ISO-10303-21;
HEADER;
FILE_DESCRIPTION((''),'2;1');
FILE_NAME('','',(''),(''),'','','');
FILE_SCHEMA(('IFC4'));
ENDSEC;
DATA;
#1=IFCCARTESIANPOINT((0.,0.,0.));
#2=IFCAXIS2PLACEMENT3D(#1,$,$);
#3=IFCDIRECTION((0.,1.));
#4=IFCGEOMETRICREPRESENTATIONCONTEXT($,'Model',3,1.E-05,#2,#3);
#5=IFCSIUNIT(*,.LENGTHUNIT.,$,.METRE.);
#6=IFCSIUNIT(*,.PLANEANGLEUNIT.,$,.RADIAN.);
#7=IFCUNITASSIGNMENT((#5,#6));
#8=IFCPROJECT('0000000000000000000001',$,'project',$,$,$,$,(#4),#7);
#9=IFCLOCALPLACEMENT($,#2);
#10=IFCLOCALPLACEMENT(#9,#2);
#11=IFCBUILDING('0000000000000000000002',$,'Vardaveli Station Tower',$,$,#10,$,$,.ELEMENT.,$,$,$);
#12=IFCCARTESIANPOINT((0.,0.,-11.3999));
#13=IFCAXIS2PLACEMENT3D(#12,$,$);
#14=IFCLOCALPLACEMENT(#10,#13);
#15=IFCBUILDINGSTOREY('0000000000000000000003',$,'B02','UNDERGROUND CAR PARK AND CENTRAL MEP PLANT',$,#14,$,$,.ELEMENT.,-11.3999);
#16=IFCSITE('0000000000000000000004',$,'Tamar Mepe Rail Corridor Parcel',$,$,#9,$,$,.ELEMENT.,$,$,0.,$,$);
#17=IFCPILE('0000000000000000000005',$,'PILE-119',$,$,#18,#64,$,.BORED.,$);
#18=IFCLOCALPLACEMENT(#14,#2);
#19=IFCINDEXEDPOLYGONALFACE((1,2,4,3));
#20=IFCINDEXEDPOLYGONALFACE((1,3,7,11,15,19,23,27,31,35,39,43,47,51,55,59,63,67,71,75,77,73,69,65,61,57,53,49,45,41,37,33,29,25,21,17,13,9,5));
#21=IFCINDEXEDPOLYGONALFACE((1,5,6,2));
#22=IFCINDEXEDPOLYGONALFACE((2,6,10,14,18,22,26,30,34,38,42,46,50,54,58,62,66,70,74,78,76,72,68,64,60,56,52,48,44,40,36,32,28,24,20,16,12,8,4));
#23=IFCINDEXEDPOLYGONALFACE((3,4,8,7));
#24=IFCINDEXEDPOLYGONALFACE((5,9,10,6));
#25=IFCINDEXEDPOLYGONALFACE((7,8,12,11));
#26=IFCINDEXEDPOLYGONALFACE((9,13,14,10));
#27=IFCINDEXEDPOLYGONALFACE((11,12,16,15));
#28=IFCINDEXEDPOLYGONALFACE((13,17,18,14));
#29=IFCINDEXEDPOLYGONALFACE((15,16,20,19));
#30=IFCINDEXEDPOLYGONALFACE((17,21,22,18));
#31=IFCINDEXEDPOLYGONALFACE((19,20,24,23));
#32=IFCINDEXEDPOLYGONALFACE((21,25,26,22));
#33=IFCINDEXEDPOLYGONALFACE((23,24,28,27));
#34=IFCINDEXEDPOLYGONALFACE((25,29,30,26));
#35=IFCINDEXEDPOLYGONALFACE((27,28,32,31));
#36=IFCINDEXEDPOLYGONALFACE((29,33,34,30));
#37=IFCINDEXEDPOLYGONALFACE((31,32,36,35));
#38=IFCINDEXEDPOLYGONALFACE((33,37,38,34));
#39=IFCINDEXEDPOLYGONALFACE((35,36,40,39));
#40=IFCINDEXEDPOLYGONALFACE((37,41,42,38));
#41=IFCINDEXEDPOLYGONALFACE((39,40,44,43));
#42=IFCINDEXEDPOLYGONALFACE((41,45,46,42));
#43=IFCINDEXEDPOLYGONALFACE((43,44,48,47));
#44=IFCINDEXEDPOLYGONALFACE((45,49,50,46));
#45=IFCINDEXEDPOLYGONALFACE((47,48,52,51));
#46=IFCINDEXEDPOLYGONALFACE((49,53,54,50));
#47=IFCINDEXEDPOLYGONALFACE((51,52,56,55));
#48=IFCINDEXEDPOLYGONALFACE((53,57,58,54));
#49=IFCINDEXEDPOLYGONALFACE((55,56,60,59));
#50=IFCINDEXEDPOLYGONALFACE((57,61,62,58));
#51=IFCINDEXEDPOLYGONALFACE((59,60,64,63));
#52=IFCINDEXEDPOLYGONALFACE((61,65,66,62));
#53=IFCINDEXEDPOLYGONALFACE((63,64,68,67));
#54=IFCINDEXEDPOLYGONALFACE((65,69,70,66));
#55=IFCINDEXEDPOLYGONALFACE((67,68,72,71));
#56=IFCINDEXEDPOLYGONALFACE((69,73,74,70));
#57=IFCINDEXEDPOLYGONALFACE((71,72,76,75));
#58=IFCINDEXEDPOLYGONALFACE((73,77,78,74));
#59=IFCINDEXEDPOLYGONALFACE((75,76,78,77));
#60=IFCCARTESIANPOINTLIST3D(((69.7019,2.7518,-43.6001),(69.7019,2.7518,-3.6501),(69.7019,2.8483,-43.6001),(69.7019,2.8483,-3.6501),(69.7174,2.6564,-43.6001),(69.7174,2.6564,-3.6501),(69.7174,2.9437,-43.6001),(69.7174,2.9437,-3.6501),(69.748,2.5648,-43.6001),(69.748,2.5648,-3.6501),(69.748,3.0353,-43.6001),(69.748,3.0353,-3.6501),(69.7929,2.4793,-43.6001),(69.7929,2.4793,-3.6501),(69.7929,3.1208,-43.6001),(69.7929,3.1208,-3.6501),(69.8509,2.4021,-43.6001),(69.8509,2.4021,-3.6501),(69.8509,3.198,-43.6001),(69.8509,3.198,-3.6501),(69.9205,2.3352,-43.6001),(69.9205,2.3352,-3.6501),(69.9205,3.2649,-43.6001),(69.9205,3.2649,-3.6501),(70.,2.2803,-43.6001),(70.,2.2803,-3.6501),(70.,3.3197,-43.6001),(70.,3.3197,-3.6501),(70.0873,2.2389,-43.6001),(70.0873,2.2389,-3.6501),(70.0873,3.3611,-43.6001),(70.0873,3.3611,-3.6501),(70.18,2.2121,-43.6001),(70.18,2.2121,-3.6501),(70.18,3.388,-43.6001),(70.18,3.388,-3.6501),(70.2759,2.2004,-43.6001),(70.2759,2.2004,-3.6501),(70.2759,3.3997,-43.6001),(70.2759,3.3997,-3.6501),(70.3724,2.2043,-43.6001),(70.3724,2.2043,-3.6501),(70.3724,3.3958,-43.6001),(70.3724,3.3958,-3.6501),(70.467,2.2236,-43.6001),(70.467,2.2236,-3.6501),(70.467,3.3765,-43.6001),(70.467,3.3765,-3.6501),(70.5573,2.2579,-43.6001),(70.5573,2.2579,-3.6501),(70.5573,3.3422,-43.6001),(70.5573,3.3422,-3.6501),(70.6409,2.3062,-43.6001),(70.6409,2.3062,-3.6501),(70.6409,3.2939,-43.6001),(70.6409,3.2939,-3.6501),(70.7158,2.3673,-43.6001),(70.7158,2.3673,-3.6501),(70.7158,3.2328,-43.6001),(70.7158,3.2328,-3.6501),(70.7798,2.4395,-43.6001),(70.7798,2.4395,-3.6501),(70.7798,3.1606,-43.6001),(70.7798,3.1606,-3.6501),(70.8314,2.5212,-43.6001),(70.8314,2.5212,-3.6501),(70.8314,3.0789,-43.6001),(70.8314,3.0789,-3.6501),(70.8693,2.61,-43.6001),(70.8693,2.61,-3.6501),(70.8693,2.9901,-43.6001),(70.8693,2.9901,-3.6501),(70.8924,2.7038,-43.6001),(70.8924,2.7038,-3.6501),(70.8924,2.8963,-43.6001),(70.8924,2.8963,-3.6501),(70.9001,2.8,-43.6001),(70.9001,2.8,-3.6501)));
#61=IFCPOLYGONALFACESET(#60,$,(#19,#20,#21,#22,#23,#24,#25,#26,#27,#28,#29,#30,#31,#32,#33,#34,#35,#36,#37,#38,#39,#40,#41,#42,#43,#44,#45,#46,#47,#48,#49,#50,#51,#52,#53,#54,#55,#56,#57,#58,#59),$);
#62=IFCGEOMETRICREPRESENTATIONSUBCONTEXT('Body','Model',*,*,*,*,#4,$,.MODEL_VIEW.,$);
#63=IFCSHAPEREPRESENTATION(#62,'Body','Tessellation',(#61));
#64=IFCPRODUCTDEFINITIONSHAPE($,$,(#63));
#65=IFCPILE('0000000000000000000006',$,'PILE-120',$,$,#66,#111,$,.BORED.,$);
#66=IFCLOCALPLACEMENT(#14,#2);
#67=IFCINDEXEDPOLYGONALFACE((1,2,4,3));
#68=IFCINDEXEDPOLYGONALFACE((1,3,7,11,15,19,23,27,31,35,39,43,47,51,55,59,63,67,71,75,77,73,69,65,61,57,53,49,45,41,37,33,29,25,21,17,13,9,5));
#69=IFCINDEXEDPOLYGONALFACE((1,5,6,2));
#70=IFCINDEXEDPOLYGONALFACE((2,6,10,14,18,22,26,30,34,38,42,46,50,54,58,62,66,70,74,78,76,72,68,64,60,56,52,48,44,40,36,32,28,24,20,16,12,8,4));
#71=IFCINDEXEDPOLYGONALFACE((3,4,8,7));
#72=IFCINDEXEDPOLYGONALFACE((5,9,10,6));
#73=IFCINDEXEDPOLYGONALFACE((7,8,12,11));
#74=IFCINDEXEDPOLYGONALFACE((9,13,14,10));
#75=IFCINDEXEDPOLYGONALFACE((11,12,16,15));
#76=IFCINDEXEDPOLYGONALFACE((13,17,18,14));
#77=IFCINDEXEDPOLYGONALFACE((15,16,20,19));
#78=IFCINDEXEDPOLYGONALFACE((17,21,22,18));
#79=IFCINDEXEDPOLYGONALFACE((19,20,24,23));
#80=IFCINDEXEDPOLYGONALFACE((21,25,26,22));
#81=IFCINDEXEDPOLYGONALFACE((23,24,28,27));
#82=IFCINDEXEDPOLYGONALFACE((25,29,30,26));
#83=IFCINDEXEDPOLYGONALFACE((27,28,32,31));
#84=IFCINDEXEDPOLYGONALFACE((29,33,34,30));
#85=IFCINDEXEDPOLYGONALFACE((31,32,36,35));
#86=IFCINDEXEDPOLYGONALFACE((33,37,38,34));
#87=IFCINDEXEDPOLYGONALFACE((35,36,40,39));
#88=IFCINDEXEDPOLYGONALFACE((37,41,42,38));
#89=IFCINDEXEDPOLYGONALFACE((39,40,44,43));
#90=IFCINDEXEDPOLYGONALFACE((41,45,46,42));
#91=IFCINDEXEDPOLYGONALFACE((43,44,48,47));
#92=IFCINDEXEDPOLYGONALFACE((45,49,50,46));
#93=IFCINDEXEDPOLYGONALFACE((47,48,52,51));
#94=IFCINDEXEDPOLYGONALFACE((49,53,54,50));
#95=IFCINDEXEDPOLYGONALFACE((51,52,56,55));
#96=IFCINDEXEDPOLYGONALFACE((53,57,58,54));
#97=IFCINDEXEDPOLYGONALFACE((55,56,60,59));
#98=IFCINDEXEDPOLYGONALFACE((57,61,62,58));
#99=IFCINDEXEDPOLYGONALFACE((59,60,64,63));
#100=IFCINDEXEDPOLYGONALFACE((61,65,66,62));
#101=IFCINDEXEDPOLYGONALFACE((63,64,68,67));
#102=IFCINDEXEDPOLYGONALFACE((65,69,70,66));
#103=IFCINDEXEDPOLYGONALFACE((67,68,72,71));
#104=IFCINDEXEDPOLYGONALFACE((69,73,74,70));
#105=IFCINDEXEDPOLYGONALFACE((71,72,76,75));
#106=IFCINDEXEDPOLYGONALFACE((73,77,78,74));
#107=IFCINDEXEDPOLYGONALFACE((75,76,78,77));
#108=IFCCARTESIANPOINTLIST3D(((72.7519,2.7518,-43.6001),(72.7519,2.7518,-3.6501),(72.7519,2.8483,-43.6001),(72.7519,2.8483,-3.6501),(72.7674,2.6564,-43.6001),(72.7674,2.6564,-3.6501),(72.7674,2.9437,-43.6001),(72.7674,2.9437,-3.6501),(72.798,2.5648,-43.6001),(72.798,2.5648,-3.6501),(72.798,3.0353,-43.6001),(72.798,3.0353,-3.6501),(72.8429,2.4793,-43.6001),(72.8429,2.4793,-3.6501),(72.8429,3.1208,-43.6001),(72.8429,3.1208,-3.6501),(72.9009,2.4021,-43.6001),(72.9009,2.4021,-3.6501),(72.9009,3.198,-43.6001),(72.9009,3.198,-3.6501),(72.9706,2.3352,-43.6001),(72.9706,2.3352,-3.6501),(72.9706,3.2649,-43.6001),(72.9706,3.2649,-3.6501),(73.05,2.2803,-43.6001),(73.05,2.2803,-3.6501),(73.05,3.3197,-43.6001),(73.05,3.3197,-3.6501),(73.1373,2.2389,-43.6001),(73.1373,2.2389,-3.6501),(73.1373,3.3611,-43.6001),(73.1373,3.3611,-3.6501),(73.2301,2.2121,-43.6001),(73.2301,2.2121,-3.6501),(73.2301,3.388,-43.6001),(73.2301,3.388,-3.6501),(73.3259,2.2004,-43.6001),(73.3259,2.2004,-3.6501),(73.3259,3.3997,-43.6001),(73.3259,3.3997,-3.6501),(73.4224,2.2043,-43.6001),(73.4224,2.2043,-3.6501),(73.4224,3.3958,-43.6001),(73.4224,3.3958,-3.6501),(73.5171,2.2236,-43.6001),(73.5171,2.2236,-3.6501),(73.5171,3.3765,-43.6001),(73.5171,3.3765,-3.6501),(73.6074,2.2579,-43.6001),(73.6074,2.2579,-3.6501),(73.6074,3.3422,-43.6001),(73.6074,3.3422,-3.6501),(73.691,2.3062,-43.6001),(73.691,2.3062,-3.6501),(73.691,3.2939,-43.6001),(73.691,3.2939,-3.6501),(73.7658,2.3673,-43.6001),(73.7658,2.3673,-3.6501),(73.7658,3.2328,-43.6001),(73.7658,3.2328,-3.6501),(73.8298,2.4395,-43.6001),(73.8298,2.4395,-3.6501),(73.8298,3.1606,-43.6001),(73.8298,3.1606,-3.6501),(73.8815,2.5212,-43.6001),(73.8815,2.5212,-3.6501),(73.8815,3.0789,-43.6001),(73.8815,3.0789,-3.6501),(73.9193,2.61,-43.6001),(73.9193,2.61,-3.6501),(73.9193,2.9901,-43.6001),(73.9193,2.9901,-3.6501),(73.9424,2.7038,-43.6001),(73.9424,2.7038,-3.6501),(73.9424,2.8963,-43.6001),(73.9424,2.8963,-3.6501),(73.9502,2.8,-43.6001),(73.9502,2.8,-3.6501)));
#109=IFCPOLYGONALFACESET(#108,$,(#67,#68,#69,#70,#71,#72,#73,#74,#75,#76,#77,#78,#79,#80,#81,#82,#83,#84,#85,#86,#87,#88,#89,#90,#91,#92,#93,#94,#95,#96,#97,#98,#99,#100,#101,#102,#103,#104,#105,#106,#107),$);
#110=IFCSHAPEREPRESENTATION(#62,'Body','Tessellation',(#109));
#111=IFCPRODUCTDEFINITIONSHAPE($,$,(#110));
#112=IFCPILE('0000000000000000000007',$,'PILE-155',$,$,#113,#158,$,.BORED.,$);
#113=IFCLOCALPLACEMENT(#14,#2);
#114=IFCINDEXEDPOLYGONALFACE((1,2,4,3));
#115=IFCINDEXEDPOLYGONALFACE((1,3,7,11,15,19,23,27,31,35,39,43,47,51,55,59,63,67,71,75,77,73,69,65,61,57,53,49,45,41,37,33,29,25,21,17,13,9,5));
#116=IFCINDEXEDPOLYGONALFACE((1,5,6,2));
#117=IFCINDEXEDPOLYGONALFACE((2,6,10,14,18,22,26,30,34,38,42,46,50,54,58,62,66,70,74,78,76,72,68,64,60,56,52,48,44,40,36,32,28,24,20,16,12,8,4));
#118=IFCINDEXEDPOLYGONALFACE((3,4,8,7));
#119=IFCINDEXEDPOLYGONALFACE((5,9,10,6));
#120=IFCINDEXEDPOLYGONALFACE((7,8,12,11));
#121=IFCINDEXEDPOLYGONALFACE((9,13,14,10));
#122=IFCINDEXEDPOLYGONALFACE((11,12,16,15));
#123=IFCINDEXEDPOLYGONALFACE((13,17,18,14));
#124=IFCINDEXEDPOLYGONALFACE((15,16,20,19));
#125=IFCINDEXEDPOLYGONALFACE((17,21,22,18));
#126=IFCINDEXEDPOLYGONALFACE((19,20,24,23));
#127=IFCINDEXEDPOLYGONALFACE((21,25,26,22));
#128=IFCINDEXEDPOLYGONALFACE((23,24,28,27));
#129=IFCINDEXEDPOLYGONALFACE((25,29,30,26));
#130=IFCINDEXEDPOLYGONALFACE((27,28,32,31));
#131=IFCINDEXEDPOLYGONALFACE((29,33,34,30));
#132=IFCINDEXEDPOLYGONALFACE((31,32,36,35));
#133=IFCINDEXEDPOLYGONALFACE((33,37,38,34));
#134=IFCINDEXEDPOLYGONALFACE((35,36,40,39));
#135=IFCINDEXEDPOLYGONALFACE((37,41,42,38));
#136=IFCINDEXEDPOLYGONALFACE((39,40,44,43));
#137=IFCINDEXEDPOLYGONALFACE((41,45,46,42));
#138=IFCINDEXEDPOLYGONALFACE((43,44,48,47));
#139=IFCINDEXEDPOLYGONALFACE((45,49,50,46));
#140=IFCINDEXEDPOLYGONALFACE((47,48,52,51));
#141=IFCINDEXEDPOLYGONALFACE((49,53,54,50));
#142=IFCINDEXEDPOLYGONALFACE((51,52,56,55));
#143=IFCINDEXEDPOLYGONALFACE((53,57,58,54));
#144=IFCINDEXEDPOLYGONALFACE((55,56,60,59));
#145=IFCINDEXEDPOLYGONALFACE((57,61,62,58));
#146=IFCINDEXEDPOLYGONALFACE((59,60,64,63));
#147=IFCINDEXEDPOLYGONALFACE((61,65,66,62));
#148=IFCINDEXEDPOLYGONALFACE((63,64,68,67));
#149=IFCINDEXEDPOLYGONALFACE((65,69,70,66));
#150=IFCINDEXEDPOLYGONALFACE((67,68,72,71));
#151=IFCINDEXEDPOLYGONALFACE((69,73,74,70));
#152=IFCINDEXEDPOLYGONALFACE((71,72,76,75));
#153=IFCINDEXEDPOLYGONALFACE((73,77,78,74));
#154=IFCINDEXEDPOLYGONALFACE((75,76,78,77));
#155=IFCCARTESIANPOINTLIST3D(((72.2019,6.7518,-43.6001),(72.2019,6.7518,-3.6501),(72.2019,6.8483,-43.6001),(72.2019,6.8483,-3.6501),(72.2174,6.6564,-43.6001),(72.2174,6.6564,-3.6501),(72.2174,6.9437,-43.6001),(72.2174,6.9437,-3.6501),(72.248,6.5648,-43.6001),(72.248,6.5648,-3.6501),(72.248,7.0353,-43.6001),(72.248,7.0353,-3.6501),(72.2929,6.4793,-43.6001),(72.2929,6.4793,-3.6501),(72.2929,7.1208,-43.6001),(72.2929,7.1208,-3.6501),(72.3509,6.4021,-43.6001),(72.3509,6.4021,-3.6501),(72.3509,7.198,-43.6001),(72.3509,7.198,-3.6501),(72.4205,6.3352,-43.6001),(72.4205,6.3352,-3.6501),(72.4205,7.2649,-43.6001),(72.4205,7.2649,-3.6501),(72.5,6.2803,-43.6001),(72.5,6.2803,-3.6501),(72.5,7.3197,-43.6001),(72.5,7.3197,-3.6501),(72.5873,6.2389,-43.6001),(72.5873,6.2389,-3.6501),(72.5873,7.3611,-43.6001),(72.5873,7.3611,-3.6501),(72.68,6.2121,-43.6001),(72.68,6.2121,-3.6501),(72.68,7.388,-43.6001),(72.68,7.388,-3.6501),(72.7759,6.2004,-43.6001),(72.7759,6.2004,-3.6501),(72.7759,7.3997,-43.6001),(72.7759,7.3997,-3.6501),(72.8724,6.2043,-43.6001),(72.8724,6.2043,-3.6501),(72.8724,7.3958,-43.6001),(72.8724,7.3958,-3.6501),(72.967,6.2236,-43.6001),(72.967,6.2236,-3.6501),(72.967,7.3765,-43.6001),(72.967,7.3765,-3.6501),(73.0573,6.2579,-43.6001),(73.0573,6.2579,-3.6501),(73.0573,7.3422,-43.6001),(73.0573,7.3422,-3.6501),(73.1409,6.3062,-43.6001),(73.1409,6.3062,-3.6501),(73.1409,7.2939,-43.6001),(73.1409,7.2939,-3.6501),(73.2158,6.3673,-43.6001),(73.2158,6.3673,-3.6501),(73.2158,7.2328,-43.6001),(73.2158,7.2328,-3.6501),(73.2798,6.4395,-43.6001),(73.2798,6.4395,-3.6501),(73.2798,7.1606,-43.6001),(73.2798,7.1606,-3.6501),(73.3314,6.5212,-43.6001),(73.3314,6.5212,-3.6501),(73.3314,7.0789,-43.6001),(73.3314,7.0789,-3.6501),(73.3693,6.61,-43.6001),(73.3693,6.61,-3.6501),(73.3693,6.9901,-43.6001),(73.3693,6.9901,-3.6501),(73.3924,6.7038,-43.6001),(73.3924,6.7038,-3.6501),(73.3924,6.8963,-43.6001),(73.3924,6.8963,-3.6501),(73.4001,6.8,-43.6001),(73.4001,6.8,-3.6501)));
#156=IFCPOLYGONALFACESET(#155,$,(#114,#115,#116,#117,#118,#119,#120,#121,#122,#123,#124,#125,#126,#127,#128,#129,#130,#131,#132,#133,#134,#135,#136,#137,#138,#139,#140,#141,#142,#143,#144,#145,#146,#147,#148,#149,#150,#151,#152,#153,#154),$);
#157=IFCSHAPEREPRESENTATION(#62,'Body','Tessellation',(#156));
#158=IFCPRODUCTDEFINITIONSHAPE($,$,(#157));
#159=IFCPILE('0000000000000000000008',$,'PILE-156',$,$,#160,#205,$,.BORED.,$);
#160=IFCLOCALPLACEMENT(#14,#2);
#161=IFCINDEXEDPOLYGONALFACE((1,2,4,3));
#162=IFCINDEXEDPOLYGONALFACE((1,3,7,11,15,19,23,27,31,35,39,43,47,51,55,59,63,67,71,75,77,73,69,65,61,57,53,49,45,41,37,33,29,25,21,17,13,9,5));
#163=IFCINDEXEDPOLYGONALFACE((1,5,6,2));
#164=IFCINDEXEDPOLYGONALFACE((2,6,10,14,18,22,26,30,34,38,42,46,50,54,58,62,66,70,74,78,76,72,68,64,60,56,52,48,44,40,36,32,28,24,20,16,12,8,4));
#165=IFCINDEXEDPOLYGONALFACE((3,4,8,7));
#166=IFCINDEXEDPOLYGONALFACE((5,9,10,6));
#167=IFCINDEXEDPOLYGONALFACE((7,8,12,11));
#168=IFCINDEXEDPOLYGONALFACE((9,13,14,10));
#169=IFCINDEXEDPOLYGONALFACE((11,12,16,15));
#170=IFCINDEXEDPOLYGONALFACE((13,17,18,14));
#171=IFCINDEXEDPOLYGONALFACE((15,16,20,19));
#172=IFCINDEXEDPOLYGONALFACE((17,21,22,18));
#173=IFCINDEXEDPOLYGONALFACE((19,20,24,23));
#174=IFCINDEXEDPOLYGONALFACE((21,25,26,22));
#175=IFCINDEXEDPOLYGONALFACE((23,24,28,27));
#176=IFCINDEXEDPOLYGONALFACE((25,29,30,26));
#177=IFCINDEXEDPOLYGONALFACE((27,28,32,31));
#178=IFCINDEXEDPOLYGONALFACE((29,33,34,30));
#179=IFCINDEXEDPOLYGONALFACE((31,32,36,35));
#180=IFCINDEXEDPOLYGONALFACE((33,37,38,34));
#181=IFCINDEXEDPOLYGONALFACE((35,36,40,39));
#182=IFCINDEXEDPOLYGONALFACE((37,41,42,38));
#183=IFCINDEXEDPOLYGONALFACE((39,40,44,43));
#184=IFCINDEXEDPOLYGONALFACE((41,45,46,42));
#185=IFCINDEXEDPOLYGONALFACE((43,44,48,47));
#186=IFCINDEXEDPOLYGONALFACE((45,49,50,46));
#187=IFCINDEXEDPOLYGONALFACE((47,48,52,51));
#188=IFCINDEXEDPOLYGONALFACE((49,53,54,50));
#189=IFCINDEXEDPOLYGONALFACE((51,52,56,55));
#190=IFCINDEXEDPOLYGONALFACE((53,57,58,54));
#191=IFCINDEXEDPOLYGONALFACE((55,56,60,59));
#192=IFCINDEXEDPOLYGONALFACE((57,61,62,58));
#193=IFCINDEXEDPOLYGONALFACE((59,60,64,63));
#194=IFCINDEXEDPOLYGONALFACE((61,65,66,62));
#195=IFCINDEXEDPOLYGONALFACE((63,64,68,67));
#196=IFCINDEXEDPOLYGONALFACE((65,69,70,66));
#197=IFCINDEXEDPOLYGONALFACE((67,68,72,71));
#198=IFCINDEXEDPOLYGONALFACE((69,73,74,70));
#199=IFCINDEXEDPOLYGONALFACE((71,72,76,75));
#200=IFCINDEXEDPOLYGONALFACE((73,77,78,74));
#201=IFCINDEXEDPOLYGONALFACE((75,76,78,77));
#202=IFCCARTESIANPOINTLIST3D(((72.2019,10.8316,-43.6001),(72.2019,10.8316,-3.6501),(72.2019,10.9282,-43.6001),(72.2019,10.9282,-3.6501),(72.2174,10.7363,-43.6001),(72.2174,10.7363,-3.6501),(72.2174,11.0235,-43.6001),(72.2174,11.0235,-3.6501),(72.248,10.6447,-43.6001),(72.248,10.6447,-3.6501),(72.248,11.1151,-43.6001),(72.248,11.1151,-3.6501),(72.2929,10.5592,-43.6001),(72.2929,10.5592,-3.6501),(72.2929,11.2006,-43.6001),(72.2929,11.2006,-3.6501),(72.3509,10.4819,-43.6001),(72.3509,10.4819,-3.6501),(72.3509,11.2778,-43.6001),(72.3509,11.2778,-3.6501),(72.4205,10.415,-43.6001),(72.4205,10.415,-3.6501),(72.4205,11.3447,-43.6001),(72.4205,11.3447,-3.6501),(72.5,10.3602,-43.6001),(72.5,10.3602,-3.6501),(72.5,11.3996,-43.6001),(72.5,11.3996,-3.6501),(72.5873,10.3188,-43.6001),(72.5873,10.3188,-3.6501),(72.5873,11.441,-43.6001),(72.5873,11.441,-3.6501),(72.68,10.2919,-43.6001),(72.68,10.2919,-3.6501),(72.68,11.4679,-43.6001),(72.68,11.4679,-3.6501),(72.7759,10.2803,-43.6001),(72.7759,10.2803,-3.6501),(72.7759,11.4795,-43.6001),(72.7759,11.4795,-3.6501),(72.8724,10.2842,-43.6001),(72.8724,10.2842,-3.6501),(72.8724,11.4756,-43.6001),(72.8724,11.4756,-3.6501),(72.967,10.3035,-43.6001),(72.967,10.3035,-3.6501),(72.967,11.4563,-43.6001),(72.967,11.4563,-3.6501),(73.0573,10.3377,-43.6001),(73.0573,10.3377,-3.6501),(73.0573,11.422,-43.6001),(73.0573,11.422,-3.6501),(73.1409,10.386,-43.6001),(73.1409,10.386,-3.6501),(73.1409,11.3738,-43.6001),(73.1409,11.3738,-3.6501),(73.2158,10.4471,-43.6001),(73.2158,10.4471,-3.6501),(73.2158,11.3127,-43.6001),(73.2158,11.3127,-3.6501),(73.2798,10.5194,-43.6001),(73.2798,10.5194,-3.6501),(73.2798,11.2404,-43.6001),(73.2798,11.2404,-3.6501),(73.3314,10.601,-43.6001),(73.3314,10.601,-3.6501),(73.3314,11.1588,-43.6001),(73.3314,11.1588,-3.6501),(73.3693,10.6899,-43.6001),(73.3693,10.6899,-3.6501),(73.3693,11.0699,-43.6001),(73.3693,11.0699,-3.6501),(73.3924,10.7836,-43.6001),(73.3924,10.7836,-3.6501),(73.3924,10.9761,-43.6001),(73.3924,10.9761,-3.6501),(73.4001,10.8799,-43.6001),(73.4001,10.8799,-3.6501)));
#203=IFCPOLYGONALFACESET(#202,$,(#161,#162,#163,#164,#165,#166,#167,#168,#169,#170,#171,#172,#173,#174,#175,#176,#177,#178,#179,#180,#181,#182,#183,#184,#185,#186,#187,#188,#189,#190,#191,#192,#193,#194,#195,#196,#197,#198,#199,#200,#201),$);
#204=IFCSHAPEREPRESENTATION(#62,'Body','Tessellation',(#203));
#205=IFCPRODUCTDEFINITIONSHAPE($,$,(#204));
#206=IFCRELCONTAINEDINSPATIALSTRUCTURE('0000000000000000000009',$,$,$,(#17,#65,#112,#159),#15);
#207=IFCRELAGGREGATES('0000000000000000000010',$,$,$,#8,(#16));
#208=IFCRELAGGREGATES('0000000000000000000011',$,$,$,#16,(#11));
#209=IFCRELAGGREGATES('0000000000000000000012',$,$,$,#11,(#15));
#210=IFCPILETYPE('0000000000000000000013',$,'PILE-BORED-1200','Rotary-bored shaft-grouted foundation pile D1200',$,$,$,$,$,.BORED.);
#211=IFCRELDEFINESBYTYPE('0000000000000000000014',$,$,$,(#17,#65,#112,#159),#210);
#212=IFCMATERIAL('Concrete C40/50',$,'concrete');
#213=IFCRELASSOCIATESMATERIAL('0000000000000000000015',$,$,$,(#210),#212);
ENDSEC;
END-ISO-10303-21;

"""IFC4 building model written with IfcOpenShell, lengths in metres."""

from ifc_helpers import new_model, si_unit, direction, frame, origin, origin_2d, place, context, subcontext, project, spatial, circle, extrude, source, transform, mapped, material, material_profile, profile_set, type_object, element, save


model = new_model("IFC4")

# Units and contexts
model_context = context("Model", 3, precision=1e-05, world=origin(), true_north=direction((0.0, 1.0)))
body_context = subcontext(model_context, "Body", "Model", "MODEL_VIEW")
ifc_project = project(units=[si_unit("LENGTHUNIT", "METRE"), si_unit("PLANEANGLEUNIT", "RADIAN")], contexts=[model_context])

# Site, building, storey
site_placement = place(None, origin())
site = spatial("IfcSite", under=ifc_project, at=site_placement, Name="Tamar Mepe Rail Corridor Parcel", CompositionType="ELEMENT", RefElevation=0.0)
building_placement = place(site_placement, origin())
building = spatial("IfcBuilding", under=site, at=building_placement, Name="Vardaveli Station Tower", CompositionType="ELEMENT")
storey_placement = place(building_placement, frame((0.0, 0.0, -11.3999)))
storey = spatial("IfcBuildingStorey", under=building, at=storey_placement, Name="B02", Description="UNDERGROUND CAR PARK AND CENTRAL MEP PLANT", CompositionType="ELEMENT", Elevation=-11.3999)

# Piles
ifc_material_1 = material(Name="Concrete C40/50", Category="concrete")
ifc_material_profile_1 = material_profile(ifc_material_1, circle(Radius=0.6001, at=origin_2d()), Name="PILE D1200")
ifc_profile_set_1 = profile_set([ifc_material_profile_1], Name="Concrete C40/50")
pile_type_1 = type_object("IfcPileType", Name="PILE-BORED-1200", Description="Rotary-bored shaft-grouted foundation pile D1200", PredefinedType="BORED", material=ifc_profile_set_1)
shared_shape_1 = source(origin(), body_context, "Body", "SweptSolid", [
    extrude(circle(Radius=0.6001, at=origin_2d()), origin(), (0.0, 0.0, 1.0), 39.95),
])
for number, where, z_axis, x_axis, name in (
    (1, (70.3, 2.8, -3.6501), (0.0, 0.0, -1.0), (1.0, 0.0, 0.0), "PILE-119"),
    (2, (73.3501, 2.8, -3.6501), (0.0, 0.0, -1.0), (1.0, 0.0, 0.0), "PILE-120"),
    (3, (72.8, 6.8, -3.6501), (0.0, 0.0, -1.0), (1.0, 0.0, 0.0), "PILE-155"),
    (4, (72.8, 10.8799, -3.6501), (0.0, 0.0, -1.0), (1.0, 0.0, 0.0), "PILE-156"),
):
    element("IfcPile", number, at=place(storey_placement, frame(where, z_axis=z_axis, x_axis=x_axis)), inside=storey, type_object=pile_type_1, Name=name, PredefinedType="BORED", context=body_context, shape_type="MappedRepresentation", body=[
        mapped(shared_shape_1, transform((0.0, 0.0, 0.0), scale=1.0)),
    ])

save(model, "model.ifc")
